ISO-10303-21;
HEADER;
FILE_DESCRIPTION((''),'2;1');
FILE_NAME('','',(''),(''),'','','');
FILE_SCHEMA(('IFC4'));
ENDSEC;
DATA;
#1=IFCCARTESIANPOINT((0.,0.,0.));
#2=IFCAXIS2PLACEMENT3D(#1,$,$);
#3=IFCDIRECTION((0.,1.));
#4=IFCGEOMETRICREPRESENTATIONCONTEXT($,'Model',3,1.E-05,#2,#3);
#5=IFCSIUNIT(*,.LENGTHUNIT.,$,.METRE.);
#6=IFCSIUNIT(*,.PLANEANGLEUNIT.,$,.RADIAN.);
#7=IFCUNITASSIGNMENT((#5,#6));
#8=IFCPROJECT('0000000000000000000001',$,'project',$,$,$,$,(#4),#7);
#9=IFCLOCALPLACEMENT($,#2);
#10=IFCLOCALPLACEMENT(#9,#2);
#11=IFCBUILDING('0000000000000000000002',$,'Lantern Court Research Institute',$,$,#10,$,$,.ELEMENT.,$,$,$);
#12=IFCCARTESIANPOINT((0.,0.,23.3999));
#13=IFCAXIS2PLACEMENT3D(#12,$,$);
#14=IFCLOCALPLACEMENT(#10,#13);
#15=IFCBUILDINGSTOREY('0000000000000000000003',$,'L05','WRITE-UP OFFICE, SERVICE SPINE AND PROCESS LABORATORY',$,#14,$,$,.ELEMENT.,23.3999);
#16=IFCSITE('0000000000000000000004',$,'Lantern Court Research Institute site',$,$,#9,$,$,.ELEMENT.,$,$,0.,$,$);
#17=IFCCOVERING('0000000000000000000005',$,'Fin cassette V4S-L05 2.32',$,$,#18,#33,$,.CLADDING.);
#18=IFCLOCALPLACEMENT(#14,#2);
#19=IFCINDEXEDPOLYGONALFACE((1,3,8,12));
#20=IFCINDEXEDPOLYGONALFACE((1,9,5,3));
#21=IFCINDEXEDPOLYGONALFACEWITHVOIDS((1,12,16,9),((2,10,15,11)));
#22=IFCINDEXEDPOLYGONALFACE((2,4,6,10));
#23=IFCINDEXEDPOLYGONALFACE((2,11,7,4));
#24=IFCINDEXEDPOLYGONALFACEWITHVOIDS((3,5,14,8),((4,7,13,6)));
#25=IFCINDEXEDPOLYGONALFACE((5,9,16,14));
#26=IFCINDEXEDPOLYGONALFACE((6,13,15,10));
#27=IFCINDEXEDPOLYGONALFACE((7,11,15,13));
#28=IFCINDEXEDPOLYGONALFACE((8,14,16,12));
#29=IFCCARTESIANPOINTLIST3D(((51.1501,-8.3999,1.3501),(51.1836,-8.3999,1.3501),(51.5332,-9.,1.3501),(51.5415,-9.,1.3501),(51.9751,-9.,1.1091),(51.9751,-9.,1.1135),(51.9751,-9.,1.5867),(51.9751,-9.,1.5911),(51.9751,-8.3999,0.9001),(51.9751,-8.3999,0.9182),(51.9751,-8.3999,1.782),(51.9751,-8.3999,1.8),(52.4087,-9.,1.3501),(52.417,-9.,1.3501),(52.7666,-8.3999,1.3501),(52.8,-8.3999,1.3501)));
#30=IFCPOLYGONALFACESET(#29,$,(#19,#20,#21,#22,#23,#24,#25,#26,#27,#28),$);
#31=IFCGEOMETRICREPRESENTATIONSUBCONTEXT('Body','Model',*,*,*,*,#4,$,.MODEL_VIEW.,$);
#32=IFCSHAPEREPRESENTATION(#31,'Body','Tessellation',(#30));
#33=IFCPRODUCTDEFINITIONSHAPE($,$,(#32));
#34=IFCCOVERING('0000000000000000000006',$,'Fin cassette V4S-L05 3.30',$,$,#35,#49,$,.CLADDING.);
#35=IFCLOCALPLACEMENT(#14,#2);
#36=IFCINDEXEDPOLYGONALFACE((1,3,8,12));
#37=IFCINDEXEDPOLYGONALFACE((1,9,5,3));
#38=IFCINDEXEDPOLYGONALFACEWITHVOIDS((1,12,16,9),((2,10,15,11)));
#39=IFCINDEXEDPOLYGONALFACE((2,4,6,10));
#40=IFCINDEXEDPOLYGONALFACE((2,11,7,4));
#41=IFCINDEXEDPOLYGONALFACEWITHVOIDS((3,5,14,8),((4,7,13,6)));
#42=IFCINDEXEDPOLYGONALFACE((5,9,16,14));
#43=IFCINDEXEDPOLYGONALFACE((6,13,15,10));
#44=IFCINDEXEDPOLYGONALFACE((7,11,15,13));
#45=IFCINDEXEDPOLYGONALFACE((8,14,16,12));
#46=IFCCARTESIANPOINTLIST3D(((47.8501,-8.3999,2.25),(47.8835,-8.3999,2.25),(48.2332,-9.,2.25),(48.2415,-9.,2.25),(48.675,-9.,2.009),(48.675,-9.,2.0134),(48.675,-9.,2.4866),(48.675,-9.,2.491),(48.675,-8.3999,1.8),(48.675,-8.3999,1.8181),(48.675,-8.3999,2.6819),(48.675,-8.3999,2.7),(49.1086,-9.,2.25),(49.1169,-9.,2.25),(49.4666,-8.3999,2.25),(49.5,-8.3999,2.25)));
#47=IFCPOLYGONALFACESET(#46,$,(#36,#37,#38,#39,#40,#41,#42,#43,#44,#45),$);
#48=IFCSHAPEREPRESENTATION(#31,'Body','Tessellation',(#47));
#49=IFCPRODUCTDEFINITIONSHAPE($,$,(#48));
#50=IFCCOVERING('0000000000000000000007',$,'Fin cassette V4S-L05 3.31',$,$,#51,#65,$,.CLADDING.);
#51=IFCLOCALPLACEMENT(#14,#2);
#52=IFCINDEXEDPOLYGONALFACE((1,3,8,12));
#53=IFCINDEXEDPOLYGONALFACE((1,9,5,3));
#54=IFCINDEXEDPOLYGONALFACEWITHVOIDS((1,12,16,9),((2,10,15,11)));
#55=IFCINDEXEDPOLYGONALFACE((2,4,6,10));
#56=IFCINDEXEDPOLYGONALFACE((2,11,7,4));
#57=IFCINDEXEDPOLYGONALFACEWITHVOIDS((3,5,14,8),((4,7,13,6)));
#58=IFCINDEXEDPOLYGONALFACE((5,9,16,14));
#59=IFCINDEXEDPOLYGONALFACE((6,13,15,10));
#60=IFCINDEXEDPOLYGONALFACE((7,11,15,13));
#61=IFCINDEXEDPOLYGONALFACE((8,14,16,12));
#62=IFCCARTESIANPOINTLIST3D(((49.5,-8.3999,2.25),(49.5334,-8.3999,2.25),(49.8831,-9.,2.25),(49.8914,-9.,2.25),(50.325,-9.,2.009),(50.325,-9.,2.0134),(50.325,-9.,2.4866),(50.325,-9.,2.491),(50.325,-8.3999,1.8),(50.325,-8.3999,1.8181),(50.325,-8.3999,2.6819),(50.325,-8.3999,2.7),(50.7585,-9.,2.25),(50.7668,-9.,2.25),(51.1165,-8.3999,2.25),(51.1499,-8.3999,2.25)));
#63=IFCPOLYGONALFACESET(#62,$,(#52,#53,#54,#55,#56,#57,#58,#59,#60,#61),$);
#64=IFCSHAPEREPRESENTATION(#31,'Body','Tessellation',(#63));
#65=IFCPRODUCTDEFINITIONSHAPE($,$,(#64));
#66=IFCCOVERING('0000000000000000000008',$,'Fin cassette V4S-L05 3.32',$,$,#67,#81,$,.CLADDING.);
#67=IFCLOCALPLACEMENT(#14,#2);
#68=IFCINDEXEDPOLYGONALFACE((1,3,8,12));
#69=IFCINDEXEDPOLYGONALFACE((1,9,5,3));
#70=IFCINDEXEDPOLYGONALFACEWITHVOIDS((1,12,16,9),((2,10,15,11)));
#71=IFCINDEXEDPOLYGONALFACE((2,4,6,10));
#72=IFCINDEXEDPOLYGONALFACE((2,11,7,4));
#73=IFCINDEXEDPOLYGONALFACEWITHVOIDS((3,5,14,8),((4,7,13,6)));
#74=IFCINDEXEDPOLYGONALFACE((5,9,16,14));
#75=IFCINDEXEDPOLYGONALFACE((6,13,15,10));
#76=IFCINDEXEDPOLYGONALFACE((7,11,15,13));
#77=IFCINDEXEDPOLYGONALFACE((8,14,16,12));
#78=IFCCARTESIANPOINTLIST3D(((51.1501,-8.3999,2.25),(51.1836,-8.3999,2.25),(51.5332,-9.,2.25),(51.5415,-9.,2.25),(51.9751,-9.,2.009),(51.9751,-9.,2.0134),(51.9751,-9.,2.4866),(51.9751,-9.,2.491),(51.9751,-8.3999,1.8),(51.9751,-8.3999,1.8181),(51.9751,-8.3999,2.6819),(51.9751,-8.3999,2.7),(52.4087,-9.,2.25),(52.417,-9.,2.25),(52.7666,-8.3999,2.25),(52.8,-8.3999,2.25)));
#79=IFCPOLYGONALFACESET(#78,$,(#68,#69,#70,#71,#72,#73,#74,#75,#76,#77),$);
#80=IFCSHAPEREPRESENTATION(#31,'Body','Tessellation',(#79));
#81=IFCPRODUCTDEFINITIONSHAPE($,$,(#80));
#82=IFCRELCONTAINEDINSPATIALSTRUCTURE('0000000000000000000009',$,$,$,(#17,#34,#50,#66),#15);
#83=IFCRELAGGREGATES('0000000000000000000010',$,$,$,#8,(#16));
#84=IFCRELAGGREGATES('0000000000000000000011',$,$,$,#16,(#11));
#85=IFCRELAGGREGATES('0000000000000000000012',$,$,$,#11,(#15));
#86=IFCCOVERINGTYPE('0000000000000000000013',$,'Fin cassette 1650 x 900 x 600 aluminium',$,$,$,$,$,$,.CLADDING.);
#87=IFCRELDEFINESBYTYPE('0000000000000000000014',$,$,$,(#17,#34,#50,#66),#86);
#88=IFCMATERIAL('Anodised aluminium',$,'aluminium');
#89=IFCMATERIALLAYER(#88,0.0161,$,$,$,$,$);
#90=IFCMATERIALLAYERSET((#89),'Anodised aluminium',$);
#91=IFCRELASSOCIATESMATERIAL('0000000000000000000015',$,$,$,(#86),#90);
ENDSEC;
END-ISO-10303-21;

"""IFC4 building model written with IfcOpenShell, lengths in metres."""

from ifc_helpers import new_model, entity, si_unit, direction, frame, origin, place, context, subcontext, project, spatial, material, layer, layer_set, type_object, element, save


model = new_model("IFC4")

# Units and contexts
model_context = context("Model", 3, precision=1e-05, world=origin(), true_north=direction((0.0, 1.0)))
body_context = subcontext(model_context, "Body", "Model", "MODEL_VIEW")
ifc_project = project(units=[si_unit("LENGTHUNIT", "METRE"), si_unit("PLANEANGLEUNIT", "RADIAN")], contexts=[model_context])

# Site, building, storey
site_placement = place(None, origin())
site = spatial("IfcSite", under=ifc_project, at=site_placement, Name="Lantern Court Research Institute site", CompositionType="ELEMENT", RefElevation=0.0)
building_placement = place(site_placement, origin())
building = spatial("IfcBuilding", under=site, at=building_placement, Name="Lantern Court Research Institute", CompositionType="ELEMENT")
storey_placement = place(building_placement, frame((0.0, 0.0, 23.3999)))
storey = spatial("IfcBuildingStorey", under=building, at=storey_placement, Name="L05", Description="WRITE-UP OFFICE, SERVICE SPINE AND PROCESS LABORATORY", CompositionType="ELEMENT", Elevation=23.3999)

# Coverings
ifc_material_1 = material(Name="Anodised aluminium", Category="aluminium")
ifc_layer_1 = layer(ifc_material_1, 0.0161)
ifc_layer_set_1 = layer_set([ifc_layer_1], Name="Anodised aluminium")
covering_type = type_object("IfcCoveringType", Name="Fin cassette 1650 x 900 x 600 aluminium", PredefinedType="CLADDING", material=ifc_layer_set_1)
covering_1_placement = place(storey_placement, frame((51.9751, -8.3999, 1.3501), z_axis=(0.0, -1.0, 0.0), x_axis=(1.0, 0.0, 0.0)))
cartesian_point_1 = entity("IfcCartesianPoint", [0.825, 0.0])
cartesian_point_2 = entity("IfcCartesianPoint", [0.7915, 0.0])
cartesian_point_3 = entity("IfcCartesianPoint", [0.4419, 0.0])
cartesian_point_4 = entity("IfcCartesianPoint", [0.4336, 0.0])
element("IfcCovering", 1, at=covering_1_placement, inside=storey, type_object=covering_type, Name="Fin cassette V4S-L05 2.32", PredefinedType="CLADDING", context=body_context, shape_type="SweptSolid", body=[
    entity("IfcExtrudedAreaSolidTapered", entity("IfcArbitraryProfileDefWithVoids", "AREA", None, entity("IfcPolyline", [cartesian_point_1, entity("IfcCartesianPoint", [0.0, 0.45]), entity("IfcCartesianPoint", [-0.825, 0.0]), entity("IfcCartesianPoint", [0.0, -0.45]), cartesian_point_1]), [entity("IfcPolyline", [cartesian_point_2, entity("IfcCartesianPoint", [0.0, 0.4319]), entity("IfcCartesianPoint", [-0.7915, 0.0]), entity("IfcCartesianPoint", [0.0, -0.4319]), cartesian_point_2])]), entity("IfcAxis2Placement3D", entity("IfcCartesianPoint", [0.0, 0.0, 0.0])), entity("IfcDirection", [0.0, 0.0, 1.0]), 0.6001, entity("IfcArbitraryProfileDefWithVoids", "AREA", None, entity("IfcPolyline", [cartesian_point_3, entity("IfcCartesianPoint", [0.0, 0.241]), entity("IfcCartesianPoint", [-0.4419, 0.0]), entity("IfcCartesianPoint", [0.0, -0.241]), cartesian_point_3]), [entity("IfcPolyline", [cartesian_point_4, entity("IfcCartesianPoint", [0.0, 0.2366]), entity("IfcCartesianPoint", [-0.4336, 0.0]), entity("IfcCartesianPoint", [0.0, -0.2366]), cartesian_point_4])])),
])
covering_2_placement = place(storey_placement, frame((48.675, -8.3999, 2.25), z_axis=(0.0, -1.0, 0.0), x_axis=(1.0, 0.0, 0.0)))
cartesian_point_5 = entity("IfcCartesianPoint", [0.825, 0.0])
cartesian_point_6 = entity("IfcCartesianPoint", [0.7915, 0.0])
cartesian_point_7 = entity("IfcCartesianPoint", [0.4419, 0.0])
cartesian_point_8 = entity("IfcCartesianPoint", [0.4336, 0.0])
element("IfcCovering", 2, at=covering_2_placement, inside=storey, type_object=covering_type, Name="Fin cassette V4S-L05 3.30", PredefinedType="CLADDING", context=body_context, shape_type="SweptSolid", body=[
    entity("IfcExtrudedAreaSolidTapered", entity("IfcArbitraryProfileDefWithVoids", "AREA", None, entity("IfcPolyline", [cartesian_point_5, entity("IfcCartesianPoint", [0.0, 0.45]), entity("IfcCartesianPoint", [-0.825, 0.0]), entity("IfcCartesianPoint", [0.0, -0.45]), cartesian_point_5]), [entity("IfcPolyline", [cartesian_point_6, entity("IfcCartesianPoint", [0.0, 0.4319]), entity("IfcCartesianPoint", [-0.7915, 0.0]), entity("IfcCartesianPoint", [0.0, -0.4319]), cartesian_point_6])]), entity("IfcAxis2Placement3D", entity("IfcCartesianPoint", [0.0, 0.0, 0.0])), entity("IfcDirection", [0.0, 0.0, 1.0]), 0.6001, entity("IfcArbitraryProfileDefWithVoids", "AREA", None, entity("IfcPolyline", [cartesian_point_7, entity("IfcCartesianPoint", [0.0, 0.241]), entity("IfcCartesianPoint", [-0.4419, 0.0]), entity("IfcCartesianPoint", [0.0, -0.241]), cartesian_point_7]), [entity("IfcPolyline", [cartesian_point_8, entity("IfcCartesianPoint", [0.0, 0.2366]), entity("IfcCartesianPoint", [-0.4336, 0.0]), entity("IfcCartesianPoint", [0.0, -0.2366]), cartesian_point_8])])),
])
covering_3_placement = place(storey_placement, frame((50.325, -8.3999, 2.25), z_axis=(0.0, -1.0, 0.0), x_axis=(1.0, 0.0, 0.0)))
cartesian_point_9 = entity("IfcCartesianPoint", [0.825, 0.0])
cartesian_point_10 = entity("IfcCartesianPoint", [0.7915, 0.0])
cartesian_point_11 = entity("IfcCartesianPoint", [0.4419, 0.0])
cartesian_point_12 = entity("IfcCartesianPoint", [0.4336, 0.0])
element("IfcCovering", 3, at=covering_3_placement, inside=storey, type_object=covering_type, Name="Fin cassette V4S-L05 3.31", PredefinedType="CLADDING", context=body_context, shape_type="SweptSolid", body=[
    entity("IfcExtrudedAreaSolidTapered", entity("IfcArbitraryProfileDefWithVoids", "AREA", None, entity("IfcPolyline", [cartesian_point_9, entity("IfcCartesianPoint", [0.0, 0.45]), entity("IfcCartesianPoint", [-0.825, 0.0]), entity("IfcCartesianPoint", [0.0, -0.45]), cartesian_point_9]), [entity("IfcPolyline", [cartesian_point_10, entity("IfcCartesianPoint", [0.0, 0.4319]), entity("IfcCartesianPoint", [-0.7915, 0.0]), entity("IfcCartesianPoint", [0.0, -0.4319]), cartesian_point_10])]), entity("IfcAxis2Placement3D", entity("IfcCartesianPoint", [0.0, 0.0, 0.0])), entity("IfcDirection", [0.0, 0.0, 1.0]), 0.6001, entity("IfcArbitraryProfileDefWithVoids", "AREA", None, entity("IfcPolyline", [cartesian_point_11, entity("IfcCartesianPoint", [0.0, 0.241]), entity("IfcCartesianPoint", [-0.4419, 0.0]), entity("IfcCartesianPoint", [0.0, -0.241]), cartesian_point_11]), [entity("IfcPolyline", [cartesian_point_12, entity("IfcCartesianPoint", [0.0, 0.2366]), entity("IfcCartesianPoint", [-0.4336, 0.0]), entity("IfcCartesianPoint", [0.0, -0.2366]), cartesian_point_12])])),
])
covering_4_placement = place(storey_placement, frame((51.9751, -8.3999, 2.25), z_axis=(0.0, -1.0, 0.0), x_axis=(1.0, 0.0, 0.0)))
cartesian_point_13 = entity("IfcCartesianPoint", [0.825, 0.0])
cartesian_point_14 = entity("IfcCartesianPoint", [0.7915, 0.0])
cartesian_point_15 = entity("IfcCartesianPoint", [0.4419, 0.0])
cartesian_point_16 = entity("IfcCartesianPoint", [0.4336, 0.0])
element("IfcCovering", 4, at=covering_4_placement, inside=storey, type_object=covering_type, Name="Fin cassette V4S-L05 3.32", PredefinedType="CLADDING", context=body_context, shape_type="SweptSolid", body=[
    entity("IfcExtrudedAreaSolidTapered", entity("IfcArbitraryProfileDefWithVoids", "AREA", None, entity("IfcPolyline", [cartesian_point_13, entity("IfcCartesianPoint", [0.0, 0.45]), entity("IfcCartesianPoint", [-0.825, 0.0]), entity("IfcCartesianPoint", [0.0, -0.45]), cartesian_point_13]), [entity("IfcPolyline", [cartesian_point_14, entity("IfcCartesianPoint", [0.0, 0.4319]), entity("IfcCartesianPoint", [-0.7915, 0.0]), entity("IfcCartesianPoint", [0.0, -0.4319]), cartesian_point_14])]), entity("IfcAxis2Placement3D", entity("IfcCartesianPoint", [0.0, 0.0, 0.0])), entity("IfcDirection", [0.0, 0.0, 1.0]), 0.6001, entity("IfcArbitraryProfileDefWithVoids", "AREA", None, entity("IfcPolyline", [cartesian_point_15, entity("IfcCartesianPoint", [0.0, 0.241]), entity("IfcCartesianPoint", [-0.4419, 0.0]), entity("IfcCartesianPoint", [0.0, -0.241]), cartesian_point_15]), [entity("IfcPolyline", [cartesian_point_16, entity("IfcCartesianPoint", [0.0, 0.2366]), entity("IfcCartesianPoint", [-0.4336, 0.0]), entity("IfcCartesianPoint", [0.0, -0.2366]), cartesian_point_16])])),
])

save(model, "model.ifc")
